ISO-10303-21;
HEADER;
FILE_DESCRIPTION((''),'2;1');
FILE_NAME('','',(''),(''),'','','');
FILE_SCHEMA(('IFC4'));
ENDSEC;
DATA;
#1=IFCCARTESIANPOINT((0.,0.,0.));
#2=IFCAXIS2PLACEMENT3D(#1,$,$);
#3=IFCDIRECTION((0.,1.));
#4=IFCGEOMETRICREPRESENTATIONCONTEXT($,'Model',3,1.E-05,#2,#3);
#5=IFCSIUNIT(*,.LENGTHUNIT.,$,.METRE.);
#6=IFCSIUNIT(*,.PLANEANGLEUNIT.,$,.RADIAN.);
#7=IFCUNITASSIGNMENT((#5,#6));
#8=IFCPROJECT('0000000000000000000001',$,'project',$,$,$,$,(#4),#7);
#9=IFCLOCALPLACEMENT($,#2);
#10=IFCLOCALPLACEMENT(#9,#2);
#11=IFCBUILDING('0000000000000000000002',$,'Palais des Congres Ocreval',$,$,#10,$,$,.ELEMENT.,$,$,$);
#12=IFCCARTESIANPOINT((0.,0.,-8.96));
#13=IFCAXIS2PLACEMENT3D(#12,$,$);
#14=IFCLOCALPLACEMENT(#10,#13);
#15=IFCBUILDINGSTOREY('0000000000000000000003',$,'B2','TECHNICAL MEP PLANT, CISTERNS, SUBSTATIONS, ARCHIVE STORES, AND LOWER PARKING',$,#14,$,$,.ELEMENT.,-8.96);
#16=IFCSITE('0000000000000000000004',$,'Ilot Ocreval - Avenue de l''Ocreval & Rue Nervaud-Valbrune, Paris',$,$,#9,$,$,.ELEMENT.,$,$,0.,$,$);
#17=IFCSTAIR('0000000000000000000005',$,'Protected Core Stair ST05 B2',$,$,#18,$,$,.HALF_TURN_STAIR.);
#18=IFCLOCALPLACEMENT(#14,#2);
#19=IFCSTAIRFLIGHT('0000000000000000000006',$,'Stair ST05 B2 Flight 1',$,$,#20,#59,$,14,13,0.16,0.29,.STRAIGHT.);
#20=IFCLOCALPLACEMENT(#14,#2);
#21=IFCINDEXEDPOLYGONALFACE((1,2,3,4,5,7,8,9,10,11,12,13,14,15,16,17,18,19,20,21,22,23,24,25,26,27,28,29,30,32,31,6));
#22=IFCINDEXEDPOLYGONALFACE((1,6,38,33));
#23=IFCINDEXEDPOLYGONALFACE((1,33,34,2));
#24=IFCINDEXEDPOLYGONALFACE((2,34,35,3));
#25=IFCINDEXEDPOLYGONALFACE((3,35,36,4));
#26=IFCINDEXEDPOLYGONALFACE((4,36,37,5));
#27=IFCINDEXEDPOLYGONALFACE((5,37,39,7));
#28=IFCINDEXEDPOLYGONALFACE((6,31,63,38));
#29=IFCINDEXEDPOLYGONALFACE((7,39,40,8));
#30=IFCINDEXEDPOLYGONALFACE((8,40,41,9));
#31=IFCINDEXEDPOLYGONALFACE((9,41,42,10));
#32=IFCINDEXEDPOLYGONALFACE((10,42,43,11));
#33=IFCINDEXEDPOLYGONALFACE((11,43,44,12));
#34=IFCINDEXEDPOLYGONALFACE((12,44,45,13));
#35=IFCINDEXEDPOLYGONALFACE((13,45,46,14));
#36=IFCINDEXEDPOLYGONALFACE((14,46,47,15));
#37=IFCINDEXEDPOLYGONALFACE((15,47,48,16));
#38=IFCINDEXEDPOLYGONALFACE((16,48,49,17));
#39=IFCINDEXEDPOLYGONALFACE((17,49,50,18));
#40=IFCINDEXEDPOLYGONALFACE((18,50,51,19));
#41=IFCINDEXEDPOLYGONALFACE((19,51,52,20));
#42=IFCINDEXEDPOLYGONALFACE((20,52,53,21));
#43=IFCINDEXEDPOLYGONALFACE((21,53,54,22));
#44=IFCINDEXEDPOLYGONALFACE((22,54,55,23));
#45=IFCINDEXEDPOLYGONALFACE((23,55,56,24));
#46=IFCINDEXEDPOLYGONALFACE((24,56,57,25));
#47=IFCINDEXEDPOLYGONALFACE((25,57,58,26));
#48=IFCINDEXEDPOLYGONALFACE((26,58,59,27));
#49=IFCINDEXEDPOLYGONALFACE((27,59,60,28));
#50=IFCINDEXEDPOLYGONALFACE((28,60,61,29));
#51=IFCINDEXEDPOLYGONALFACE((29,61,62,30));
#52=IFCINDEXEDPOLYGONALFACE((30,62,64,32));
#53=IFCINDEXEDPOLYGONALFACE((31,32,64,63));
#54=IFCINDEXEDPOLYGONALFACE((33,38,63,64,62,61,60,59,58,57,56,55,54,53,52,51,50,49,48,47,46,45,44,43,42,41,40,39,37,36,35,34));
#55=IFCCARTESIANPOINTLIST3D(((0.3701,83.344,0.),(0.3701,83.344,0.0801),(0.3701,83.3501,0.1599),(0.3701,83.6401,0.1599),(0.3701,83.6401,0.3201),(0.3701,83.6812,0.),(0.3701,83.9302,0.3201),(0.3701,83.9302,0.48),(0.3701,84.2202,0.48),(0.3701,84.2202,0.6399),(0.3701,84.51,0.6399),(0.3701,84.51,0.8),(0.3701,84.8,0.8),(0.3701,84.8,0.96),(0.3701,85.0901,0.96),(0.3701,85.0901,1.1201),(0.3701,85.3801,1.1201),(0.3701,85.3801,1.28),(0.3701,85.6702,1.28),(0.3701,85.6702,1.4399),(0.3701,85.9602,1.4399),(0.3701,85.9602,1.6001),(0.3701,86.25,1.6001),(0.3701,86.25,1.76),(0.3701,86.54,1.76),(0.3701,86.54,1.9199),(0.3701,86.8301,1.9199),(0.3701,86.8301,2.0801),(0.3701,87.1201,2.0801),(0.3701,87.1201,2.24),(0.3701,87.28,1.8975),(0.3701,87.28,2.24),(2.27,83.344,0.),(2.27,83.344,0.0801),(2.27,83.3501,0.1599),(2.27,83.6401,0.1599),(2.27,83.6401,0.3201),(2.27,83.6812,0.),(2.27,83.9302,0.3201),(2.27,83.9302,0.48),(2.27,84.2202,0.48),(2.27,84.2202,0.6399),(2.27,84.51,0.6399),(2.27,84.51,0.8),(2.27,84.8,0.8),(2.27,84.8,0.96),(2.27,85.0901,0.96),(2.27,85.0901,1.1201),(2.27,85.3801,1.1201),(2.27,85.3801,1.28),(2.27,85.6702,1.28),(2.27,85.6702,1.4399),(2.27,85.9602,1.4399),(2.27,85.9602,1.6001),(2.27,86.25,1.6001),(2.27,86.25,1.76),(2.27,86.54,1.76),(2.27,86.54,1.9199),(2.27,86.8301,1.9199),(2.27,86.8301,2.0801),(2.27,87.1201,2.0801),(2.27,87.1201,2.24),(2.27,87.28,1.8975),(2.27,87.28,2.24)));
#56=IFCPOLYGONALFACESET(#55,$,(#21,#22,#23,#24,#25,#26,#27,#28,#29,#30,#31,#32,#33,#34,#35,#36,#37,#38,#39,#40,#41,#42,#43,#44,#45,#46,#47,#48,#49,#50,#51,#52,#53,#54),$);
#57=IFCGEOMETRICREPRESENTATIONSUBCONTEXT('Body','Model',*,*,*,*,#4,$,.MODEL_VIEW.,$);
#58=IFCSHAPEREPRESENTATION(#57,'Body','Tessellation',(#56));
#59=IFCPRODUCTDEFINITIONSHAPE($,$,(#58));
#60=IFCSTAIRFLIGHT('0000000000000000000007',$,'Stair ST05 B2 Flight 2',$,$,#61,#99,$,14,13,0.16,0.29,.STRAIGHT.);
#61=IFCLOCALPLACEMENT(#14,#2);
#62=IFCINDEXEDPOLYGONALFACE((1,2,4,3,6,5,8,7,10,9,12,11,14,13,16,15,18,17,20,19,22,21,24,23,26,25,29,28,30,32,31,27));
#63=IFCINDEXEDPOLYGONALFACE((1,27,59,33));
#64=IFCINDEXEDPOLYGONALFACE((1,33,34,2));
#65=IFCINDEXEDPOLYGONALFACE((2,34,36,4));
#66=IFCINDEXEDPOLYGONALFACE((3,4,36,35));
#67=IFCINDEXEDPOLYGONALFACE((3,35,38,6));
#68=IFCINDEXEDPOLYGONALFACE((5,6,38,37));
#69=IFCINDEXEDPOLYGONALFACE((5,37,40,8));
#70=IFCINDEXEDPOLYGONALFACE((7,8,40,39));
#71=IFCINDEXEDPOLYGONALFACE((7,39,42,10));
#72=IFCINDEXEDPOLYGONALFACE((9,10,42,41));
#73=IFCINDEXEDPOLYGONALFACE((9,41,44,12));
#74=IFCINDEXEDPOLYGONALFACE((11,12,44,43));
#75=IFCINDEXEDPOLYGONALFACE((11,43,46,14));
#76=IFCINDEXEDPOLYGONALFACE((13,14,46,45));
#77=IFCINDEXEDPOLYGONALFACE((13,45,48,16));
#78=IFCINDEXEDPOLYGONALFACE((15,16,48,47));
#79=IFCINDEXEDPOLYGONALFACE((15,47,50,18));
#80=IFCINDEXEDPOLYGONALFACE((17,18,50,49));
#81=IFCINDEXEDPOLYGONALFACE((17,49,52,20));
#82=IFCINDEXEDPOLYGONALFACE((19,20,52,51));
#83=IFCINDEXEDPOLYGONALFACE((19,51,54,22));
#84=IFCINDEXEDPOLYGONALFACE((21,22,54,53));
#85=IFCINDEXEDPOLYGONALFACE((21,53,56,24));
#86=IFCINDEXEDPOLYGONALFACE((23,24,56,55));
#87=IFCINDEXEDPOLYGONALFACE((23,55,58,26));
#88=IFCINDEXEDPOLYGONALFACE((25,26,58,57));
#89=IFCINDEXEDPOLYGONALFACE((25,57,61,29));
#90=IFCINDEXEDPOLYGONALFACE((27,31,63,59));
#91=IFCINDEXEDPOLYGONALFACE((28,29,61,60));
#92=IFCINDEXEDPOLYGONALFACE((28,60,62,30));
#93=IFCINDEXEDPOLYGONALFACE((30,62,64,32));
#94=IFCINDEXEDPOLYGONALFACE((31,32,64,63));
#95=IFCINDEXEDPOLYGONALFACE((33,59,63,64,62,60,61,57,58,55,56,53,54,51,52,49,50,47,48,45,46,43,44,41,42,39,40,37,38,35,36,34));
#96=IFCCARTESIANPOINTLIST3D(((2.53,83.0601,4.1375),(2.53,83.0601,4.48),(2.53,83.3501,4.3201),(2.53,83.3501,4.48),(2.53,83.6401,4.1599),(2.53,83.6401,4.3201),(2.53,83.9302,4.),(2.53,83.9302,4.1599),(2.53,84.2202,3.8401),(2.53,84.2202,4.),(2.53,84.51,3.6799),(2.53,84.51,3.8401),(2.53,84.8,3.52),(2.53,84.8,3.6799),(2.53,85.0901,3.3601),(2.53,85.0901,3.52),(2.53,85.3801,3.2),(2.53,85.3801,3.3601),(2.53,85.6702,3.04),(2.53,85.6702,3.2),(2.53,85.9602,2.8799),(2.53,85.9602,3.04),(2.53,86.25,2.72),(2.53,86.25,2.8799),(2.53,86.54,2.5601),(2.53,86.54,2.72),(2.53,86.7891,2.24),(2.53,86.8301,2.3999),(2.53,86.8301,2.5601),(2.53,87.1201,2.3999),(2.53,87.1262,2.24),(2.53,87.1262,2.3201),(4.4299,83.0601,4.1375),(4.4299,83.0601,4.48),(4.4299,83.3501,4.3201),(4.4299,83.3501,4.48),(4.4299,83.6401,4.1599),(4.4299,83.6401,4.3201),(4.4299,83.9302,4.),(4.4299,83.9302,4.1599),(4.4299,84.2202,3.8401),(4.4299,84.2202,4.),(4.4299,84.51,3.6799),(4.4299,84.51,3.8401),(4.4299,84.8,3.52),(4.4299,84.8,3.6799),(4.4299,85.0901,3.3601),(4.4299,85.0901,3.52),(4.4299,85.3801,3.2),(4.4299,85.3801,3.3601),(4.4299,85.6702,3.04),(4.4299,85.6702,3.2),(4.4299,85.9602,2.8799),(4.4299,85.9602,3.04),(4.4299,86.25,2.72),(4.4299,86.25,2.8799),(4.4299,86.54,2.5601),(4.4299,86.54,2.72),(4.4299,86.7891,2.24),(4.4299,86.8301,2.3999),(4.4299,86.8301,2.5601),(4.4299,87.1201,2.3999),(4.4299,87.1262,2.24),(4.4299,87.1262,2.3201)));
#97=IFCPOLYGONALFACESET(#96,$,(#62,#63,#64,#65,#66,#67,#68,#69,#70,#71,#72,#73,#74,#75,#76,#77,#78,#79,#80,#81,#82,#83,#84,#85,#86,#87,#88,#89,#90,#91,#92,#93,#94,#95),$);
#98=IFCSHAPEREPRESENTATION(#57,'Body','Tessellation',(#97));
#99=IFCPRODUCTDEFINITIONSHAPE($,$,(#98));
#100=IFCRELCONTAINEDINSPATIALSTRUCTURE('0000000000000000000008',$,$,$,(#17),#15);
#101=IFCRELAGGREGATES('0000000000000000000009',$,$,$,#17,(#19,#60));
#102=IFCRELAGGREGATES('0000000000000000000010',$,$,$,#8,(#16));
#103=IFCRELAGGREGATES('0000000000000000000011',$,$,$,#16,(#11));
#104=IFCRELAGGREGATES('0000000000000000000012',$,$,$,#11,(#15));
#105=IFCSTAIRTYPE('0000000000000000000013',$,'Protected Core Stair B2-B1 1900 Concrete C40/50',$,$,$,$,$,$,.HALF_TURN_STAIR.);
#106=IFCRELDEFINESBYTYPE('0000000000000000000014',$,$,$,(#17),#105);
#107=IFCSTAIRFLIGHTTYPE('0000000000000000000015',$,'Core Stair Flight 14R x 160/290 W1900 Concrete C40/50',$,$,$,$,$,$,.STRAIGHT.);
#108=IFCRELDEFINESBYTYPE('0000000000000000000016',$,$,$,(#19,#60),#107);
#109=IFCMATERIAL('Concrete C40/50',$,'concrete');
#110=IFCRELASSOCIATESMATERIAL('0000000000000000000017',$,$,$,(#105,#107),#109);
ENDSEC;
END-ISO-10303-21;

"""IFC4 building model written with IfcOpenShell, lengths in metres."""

from ifc_helpers import new_model, si_unit, direction, frame, origin, place, context, subcontext, project, spatial, polyline, outline, extrude, material, type_object, element, aggregate, save


model = new_model("IFC4")

# Units and contexts
model_context = context("Model", 3, precision=1e-05, world=origin(), true_north=direction((0.0, 1.0)))
body_context = subcontext(model_context, "Body", "Model", "MODEL_VIEW")
ifc_project = project(units=[si_unit("LENGTHUNIT", "METRE"), si_unit("PLANEANGLEUNIT", "RADIAN")], contexts=[model_context])

# Site, building, storey
site_placement = place(None, origin())
site = spatial("IfcSite", under=ifc_project, at=site_placement, Name="Ilot Ocreval - Avenue de l'Ocreval & Rue Nervaud-Valbrune, Paris", CompositionType="ELEMENT", RefElevation=0.0)
building_placement = place(site_placement, origin())
building = spatial("IfcBuilding", under=site, at=building_placement, Name="Palais des Congres Ocreval", CompositionType="ELEMENT")
storey_placement = place(building_placement, frame((0.0, 0.0, -8.96)))
storey = spatial("IfcBuildingStorey", under=building, at=storey_placement, Name="B2", Description="TECHNICAL MEP PLANT, CISTERNS, SUBSTATIONS, ARCHIVE STORES, AND LOWER PARKING", CompositionType="ELEMENT", Elevation=-8.96)

# Shared definitions
ifc_material_1 = material(Name="Concrete C40/50", Category="concrete")

# Stair, stair flights
stair_type = type_object("IfcStairType", Name="Protected Core Stair B2-B1 1900 Concrete C40/50", PredefinedType="HALF_TURN_STAIR", material=ifc_material_1)
stair_placement = place(storey_placement, origin())
stair = element("IfcStair", 1, at=stair_placement, inside=storey, type_object=stair_type, Name="Protected Core Stair ST05 B2", PredefinedType="HALF_TURN_STAIR")
stair_flight_type = type_object("IfcStairFlightType", Name="Core Stair Flight 14R x 160/290 W1900 Concrete C40/50", PredefinedType="STRAIGHT", material=ifc_material_1)
stair_flight_1_placement = place(storey_placement, frame((1.3201, 83.3501, 0.0), z_axis=(0.0, 0.0, 1.0), x_axis=(0.0, 1.0, 0.0)))
stair_flight_1 = element("IfcStairFlight", 2, at=stair_flight_1_placement, type_object=stair_flight_type, Name="Stair ST05 B2 Flight 1", NumberOfRisers=14, NumberOfTreads=13, PredefinedType="STRAIGHT", RiserHeight=0.16, TreadLength=0.29, context=body_context, shape_type="SweptSolid", body=[
    extrude(outline(polyline([(-0.0061, 0.0), (-0.0061, 0.0801), (0.0, 0.1599), (0.29, 0.1599), (0.29, 0.3201), (0.5801, 0.3201), (0.5801, 0.48), (0.8701, 0.48), (0.8701, 0.6399), (1.1599, 0.6399), (1.1599, 0.8), (1.45, 0.8), (1.45, 0.96), (1.74, 0.96), (1.74, 1.1201), (2.03, 1.1201), (2.03, 1.28), (2.3201, 1.28), (2.3201, 1.4399), (2.6101, 1.4399), (2.6101, 1.6001), (2.8999, 1.6001), (2.8999, 1.76), (3.1899, 1.76), (3.1899, 1.9199), (3.48, 1.9199), (3.48, 2.0801), (3.77, 2.0801), (3.77, 2.24), (3.9299, 2.24), (3.9299, 1.8975), (0.3311, 0.0), (-0.0061, 0.0)])), frame((0.0, 0.95, 0.0), z_axis=(0.0, -1.0, 0.0), x_axis=(1.0, 0.0, 0.0)), (0.0, 0.0, 1.0), 1.8999),
])
stair_flight_2_placement = place(storey_placement, frame((3.48, 87.1201, 2.24), z_axis=(0.0, 0.0, 1.0), x_axis=(0.0, -1.0, 0.0)))
stair_flight_2 = element("IfcStairFlight", 3, at=stair_flight_2_placement, type_object=stair_flight_type, Name="Stair ST05 B2 Flight 2", NumberOfRisers=14, NumberOfTreads=13, PredefinedType="STRAIGHT", RiserHeight=0.16, TreadLength=0.29, context=body_context, shape_type="SweptSolid", body=[
    extrude(outline(polyline([(-0.0061, 0.0), (-0.0061, 0.0801), (0.0, 0.1599), (0.29, 0.1599), (0.29, 0.3201), (0.5801, 0.3201), (0.5801, 0.48), (0.8701, 0.48), (0.8701, 0.6399), (1.1599, 0.6399), (1.1599, 0.8), (1.45, 0.8), (1.45, 0.96), (1.74, 0.96), (1.74, 1.1201), (2.03, 1.1201), (2.03, 1.28), (2.3201, 1.28), (2.3201, 1.4399), (2.6101, 1.4399), (2.6101, 1.6001), (2.8999, 1.6001), (2.8999, 1.76), (3.1899, 1.76), (3.1899, 1.9199), (3.48, 1.9199), (3.48, 2.0801), (3.77, 2.0801), (3.77, 2.24), (4.0601, 2.24), (4.0601, 1.8975), (0.3311, 0.0), (-0.0061, 0.0)])), frame((0.0, 0.95, 0.0), z_axis=(0.0, -1.0, 0.0), x_axis=(1.0, 0.0, 0.0)), (0.0, 0.0, 1.0), 1.8999),
])
aggregate(stair, [stair_flight_1, stair_flight_2])

save(model, "model.ifc")
